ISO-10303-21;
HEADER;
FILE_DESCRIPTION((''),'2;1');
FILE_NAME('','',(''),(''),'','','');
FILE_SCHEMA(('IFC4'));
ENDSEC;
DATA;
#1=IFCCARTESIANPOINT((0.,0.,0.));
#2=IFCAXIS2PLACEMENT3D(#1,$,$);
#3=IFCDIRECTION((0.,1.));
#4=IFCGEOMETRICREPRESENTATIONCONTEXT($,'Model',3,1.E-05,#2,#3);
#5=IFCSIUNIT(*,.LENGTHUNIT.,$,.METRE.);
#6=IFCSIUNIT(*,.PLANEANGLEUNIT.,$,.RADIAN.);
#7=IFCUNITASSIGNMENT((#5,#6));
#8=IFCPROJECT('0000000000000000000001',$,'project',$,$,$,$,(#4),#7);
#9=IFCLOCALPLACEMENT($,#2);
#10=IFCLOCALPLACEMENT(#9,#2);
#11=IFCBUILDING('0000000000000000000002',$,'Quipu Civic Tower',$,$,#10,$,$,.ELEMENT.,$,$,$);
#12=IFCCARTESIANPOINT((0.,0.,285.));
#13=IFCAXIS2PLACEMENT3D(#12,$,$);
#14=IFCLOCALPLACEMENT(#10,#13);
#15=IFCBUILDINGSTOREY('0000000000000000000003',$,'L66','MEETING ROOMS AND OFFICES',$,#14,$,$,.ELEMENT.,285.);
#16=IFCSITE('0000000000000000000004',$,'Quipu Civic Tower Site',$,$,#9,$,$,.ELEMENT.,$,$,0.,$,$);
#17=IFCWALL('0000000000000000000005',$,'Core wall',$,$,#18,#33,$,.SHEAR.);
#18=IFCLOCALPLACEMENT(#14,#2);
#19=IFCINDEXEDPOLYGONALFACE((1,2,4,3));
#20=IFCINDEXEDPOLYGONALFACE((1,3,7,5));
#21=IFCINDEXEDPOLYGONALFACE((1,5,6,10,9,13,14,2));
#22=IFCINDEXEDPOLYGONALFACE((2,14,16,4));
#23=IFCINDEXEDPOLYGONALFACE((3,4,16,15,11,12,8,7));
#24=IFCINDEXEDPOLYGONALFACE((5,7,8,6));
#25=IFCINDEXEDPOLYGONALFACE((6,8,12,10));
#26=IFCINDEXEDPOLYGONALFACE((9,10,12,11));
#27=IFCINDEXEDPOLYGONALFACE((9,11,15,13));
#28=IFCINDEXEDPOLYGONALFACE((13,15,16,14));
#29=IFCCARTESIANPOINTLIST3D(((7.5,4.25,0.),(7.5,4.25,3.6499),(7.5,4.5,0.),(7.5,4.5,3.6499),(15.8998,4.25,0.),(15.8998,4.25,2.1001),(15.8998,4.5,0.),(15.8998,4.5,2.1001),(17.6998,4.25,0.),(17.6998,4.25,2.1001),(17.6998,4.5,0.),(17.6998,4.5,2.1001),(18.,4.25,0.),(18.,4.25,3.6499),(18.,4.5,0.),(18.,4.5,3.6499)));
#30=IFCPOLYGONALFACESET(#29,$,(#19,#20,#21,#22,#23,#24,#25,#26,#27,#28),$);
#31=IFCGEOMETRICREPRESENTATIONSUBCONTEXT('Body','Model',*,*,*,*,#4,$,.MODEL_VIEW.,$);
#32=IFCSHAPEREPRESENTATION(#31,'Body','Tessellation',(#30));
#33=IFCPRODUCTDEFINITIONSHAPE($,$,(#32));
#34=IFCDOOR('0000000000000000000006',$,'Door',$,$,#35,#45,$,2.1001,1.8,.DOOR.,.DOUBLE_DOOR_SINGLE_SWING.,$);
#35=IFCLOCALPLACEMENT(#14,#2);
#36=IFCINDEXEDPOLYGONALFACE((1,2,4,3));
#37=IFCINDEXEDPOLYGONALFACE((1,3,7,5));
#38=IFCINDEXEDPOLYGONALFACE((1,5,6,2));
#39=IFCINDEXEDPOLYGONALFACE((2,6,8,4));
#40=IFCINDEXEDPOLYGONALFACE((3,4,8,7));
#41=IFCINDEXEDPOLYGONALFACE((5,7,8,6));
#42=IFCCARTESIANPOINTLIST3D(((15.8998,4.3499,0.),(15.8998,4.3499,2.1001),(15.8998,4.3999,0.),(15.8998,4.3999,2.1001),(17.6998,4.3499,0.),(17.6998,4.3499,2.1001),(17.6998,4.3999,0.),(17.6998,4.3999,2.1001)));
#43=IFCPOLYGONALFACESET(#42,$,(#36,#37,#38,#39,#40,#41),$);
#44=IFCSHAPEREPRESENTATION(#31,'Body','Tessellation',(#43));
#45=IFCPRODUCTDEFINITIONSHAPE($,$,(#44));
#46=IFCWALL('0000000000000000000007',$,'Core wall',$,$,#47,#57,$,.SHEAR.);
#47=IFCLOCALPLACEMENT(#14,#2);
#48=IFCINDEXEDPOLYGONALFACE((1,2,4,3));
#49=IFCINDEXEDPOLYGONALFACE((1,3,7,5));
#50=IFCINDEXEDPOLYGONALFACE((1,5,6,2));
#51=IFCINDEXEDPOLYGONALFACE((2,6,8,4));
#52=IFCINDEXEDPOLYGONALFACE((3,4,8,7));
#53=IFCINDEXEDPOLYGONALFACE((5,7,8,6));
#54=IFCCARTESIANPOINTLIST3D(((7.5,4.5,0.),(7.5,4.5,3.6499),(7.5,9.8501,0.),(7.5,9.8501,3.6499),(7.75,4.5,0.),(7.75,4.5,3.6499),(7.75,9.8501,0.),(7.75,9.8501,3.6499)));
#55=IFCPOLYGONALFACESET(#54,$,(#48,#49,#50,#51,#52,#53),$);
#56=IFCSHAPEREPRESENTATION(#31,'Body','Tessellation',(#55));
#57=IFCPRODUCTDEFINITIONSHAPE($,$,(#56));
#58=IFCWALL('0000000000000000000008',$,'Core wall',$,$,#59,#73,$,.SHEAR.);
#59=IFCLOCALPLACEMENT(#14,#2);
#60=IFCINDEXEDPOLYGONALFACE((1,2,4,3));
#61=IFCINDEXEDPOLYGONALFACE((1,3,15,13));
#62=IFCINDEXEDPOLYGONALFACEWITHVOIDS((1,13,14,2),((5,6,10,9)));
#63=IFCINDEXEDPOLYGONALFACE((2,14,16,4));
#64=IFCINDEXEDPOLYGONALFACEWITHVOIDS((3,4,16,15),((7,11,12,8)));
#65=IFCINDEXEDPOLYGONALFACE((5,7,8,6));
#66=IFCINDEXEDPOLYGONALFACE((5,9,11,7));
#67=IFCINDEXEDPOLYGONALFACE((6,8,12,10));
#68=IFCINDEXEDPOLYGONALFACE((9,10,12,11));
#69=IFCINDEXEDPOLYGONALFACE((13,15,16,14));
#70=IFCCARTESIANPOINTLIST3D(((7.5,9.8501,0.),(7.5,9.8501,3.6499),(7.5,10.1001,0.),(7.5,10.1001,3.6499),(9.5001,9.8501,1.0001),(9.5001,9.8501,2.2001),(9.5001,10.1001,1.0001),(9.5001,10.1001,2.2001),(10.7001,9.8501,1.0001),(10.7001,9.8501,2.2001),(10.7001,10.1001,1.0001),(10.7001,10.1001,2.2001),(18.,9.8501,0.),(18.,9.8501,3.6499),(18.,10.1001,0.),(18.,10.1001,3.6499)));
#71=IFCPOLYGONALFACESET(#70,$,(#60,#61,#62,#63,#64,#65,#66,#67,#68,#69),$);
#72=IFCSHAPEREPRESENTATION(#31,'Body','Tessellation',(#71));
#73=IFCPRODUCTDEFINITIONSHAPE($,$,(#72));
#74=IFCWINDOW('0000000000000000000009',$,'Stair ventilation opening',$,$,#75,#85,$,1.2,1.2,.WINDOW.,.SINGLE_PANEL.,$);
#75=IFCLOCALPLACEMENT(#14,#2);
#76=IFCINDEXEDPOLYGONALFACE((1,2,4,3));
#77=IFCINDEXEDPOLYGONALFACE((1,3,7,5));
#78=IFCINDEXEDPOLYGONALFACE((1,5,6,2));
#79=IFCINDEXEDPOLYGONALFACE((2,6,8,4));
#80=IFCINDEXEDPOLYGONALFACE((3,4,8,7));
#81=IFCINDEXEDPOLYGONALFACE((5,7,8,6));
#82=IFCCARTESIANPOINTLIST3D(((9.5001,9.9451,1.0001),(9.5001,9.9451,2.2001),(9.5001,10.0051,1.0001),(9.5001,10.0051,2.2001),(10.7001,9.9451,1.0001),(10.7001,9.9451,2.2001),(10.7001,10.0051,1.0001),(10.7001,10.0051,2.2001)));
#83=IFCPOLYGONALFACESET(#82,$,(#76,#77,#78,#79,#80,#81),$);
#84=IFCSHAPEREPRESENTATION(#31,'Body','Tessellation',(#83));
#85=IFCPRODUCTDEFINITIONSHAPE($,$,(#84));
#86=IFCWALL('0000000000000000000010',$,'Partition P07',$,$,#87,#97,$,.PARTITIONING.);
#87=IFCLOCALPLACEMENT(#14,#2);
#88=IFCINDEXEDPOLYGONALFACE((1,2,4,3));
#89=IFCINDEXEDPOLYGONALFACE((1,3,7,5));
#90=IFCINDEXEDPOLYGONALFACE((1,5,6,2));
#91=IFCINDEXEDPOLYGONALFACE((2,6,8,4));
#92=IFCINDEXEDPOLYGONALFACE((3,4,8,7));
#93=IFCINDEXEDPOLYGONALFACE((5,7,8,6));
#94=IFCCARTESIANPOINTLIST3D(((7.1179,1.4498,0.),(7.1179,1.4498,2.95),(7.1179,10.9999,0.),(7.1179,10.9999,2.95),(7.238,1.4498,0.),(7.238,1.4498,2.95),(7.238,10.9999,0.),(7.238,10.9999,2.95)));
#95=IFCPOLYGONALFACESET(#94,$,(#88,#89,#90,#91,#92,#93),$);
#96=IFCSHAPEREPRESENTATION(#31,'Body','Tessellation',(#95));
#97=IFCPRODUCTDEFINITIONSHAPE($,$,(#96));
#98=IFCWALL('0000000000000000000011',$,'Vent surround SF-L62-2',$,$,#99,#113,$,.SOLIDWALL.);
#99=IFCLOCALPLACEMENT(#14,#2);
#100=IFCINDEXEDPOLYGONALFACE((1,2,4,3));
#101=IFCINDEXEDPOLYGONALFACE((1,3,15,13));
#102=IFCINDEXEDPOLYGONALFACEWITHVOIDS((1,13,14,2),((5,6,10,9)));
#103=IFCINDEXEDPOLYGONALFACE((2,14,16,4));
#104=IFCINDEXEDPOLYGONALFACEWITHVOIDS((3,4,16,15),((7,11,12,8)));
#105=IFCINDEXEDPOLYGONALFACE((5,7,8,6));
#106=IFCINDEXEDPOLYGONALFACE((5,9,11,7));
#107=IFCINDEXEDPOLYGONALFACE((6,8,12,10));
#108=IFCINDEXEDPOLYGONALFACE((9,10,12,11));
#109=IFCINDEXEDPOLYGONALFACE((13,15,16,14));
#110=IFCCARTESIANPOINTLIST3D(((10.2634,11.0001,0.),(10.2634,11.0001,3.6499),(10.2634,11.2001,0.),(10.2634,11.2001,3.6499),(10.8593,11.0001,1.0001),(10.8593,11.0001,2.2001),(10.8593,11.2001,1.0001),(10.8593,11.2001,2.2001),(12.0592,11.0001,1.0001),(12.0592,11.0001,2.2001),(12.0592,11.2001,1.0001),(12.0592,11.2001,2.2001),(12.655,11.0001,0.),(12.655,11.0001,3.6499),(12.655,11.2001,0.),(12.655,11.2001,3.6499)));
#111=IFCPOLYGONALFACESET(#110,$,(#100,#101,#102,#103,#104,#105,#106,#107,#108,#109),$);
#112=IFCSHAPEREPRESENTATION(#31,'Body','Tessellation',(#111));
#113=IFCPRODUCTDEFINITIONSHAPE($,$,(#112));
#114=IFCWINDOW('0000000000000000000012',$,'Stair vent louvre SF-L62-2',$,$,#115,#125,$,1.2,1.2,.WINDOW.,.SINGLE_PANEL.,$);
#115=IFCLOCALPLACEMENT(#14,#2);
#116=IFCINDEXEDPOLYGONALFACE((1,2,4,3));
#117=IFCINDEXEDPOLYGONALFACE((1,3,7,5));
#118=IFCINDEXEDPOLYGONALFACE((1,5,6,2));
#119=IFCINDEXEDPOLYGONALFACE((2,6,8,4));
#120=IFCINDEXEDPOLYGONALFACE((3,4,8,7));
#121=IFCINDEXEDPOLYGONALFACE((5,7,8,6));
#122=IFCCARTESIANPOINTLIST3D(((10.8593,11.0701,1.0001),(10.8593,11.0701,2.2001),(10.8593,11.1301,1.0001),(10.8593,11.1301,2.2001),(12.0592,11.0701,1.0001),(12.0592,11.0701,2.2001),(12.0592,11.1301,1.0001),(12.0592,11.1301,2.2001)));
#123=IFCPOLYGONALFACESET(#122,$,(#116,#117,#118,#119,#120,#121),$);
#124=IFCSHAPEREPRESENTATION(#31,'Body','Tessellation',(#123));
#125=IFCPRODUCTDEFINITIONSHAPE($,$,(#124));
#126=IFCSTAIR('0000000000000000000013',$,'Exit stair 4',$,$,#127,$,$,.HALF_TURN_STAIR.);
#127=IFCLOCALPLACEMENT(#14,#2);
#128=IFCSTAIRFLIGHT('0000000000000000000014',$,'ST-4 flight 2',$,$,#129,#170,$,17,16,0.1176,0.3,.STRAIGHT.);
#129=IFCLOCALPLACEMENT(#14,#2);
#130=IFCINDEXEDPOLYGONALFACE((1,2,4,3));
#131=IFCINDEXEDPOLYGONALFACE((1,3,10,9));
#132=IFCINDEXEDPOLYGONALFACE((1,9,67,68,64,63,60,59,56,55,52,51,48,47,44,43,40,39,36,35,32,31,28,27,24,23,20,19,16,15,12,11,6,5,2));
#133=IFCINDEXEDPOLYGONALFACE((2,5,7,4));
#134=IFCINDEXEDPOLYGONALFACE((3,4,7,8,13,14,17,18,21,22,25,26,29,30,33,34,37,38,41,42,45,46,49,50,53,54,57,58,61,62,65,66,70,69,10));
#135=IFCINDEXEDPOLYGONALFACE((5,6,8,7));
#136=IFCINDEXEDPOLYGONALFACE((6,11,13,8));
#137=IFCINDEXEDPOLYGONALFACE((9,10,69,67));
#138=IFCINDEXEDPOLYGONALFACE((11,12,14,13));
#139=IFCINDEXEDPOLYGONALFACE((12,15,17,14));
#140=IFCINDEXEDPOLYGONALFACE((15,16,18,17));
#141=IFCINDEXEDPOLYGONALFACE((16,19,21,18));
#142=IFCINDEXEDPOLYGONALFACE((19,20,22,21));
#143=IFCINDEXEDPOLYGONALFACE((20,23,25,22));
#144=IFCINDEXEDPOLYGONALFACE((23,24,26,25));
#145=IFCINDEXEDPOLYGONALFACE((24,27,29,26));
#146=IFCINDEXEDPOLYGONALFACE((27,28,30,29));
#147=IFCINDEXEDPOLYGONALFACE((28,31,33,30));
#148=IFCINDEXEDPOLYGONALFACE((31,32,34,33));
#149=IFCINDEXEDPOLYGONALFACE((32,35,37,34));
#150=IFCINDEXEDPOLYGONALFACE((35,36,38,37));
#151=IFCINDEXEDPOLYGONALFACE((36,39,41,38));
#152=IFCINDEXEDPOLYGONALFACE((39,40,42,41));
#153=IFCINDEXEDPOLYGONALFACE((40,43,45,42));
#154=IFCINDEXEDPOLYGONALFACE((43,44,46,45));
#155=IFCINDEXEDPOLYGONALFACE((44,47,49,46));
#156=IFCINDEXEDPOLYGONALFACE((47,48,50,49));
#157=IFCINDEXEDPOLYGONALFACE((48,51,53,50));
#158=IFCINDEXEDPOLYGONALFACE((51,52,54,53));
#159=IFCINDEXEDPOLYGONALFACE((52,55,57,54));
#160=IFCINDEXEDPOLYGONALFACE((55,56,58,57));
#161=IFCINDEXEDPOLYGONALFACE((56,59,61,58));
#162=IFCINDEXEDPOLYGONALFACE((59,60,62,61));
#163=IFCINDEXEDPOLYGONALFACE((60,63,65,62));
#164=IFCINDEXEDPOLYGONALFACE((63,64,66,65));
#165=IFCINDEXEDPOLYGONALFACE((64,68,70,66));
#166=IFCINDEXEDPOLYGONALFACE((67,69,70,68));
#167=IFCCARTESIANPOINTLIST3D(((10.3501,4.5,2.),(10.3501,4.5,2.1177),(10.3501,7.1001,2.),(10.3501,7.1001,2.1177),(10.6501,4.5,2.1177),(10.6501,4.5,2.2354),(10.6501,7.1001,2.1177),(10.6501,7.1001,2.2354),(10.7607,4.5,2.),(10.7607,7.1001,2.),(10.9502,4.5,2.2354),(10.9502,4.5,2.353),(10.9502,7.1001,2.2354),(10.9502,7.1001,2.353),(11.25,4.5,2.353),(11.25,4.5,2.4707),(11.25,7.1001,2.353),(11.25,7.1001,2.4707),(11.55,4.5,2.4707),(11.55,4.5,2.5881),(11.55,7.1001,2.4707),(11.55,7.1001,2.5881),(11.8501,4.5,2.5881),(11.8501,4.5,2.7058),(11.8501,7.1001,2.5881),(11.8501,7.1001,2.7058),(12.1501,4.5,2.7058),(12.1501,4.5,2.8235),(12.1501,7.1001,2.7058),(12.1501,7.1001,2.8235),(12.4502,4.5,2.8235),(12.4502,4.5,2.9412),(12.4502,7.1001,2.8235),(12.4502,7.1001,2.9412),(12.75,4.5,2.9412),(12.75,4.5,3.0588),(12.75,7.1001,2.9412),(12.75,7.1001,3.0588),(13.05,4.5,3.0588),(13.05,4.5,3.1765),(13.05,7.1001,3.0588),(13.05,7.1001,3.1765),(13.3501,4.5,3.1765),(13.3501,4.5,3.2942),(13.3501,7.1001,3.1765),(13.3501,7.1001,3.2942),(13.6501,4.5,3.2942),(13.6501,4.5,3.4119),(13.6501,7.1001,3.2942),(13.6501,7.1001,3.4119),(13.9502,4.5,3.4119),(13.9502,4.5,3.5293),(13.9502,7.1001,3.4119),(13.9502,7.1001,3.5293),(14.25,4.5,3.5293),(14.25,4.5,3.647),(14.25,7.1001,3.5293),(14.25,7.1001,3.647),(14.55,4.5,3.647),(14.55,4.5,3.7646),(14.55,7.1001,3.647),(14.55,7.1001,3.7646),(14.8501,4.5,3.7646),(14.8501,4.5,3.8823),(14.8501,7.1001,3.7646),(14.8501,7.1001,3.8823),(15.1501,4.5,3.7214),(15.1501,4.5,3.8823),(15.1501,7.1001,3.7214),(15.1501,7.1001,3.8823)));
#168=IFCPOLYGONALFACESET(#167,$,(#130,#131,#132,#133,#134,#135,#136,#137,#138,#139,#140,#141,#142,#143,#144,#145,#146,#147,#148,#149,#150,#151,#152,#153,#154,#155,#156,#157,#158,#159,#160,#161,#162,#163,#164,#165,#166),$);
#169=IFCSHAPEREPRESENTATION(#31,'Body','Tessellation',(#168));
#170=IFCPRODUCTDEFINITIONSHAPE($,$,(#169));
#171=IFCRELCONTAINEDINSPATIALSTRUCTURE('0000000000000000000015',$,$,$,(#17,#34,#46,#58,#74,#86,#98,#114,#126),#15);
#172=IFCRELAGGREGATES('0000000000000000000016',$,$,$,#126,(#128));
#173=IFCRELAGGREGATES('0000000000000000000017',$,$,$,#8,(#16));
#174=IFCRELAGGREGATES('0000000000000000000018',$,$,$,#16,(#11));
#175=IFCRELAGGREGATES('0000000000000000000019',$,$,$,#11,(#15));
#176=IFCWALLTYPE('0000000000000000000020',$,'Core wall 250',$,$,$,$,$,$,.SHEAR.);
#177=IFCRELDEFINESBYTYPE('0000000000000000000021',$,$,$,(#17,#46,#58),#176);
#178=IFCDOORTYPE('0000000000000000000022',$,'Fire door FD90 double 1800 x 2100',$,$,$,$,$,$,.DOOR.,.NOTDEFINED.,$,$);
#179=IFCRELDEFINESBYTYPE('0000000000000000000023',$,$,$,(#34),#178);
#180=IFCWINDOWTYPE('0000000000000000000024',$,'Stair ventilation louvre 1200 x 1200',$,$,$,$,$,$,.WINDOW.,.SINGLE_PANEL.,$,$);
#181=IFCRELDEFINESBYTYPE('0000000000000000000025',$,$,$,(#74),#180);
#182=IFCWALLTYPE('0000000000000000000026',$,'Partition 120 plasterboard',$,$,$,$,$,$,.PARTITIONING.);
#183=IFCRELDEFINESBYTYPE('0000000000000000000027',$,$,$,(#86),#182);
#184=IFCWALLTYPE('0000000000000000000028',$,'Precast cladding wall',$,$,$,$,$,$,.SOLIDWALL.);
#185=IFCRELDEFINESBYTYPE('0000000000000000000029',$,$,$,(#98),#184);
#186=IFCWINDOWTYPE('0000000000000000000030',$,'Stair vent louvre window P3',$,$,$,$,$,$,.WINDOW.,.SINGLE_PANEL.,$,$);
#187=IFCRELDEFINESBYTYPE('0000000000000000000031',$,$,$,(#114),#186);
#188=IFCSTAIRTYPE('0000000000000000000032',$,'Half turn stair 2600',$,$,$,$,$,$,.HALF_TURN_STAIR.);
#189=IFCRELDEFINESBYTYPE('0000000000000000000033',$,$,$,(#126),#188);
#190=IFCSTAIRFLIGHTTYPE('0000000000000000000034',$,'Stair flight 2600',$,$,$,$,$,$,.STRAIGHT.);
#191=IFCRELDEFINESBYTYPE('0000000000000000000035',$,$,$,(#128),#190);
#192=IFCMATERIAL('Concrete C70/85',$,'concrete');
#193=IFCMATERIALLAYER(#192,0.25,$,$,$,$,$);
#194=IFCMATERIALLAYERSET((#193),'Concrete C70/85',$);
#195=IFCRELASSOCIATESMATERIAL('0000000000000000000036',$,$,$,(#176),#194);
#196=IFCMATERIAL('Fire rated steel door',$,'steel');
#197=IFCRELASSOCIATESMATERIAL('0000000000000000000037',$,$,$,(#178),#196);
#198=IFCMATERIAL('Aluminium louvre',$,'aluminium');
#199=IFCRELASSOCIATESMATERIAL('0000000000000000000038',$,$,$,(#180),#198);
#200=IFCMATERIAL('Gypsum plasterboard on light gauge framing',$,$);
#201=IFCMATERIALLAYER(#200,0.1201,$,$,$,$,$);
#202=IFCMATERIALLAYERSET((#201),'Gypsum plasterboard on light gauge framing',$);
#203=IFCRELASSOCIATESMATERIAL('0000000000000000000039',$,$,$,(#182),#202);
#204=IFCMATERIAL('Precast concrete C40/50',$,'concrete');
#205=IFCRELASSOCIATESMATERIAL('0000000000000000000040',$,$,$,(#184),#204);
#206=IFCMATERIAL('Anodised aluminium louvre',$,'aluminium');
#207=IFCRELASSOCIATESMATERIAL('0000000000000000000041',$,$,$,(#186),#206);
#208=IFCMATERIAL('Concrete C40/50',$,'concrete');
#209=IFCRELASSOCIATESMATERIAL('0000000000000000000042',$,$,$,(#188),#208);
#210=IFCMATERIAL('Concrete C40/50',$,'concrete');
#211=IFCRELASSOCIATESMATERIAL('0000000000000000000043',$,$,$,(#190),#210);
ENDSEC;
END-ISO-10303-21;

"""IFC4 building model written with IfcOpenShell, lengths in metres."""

from ifc_helpers import new_model, si_unit, direction, frame, frame_2d, origin, place, context, subcontext, project, spatial, polyline, rectangle, outline, extrude, material, layer, layer_set, type_object, element, fill, aggregate, save


model = new_model("IFC4")

# Units and contexts
model_context = context("Model", 3, precision=1e-05, world=origin(), true_north=direction((0.0, 1.0)))
body_context = subcontext(model_context, "Body", "Model", "MODEL_VIEW")
ifc_project = project(units=[si_unit("LENGTHUNIT", "METRE"), si_unit("PLANEANGLEUNIT", "RADIAN")], contexts=[model_context])

# Site, building, storey
site_placement = place(None, origin())
site = spatial("IfcSite", under=ifc_project, at=site_placement, Name="Quipu Civic Tower Site", CompositionType="ELEMENT", RefElevation=0.0)
building_placement = place(site_placement, origin())
building = spatial("IfcBuilding", under=site, at=building_placement, Name="Quipu Civic Tower", CompositionType="ELEMENT")
storey_placement = place(building_placement, frame((0.0, 0.0, 285.0)))
storey = spatial("IfcBuildingStorey", under=building, at=storey_placement, Name="L66", Description="MEETING ROOMS AND OFFICES", CompositionType="ELEMENT", Elevation=285.0)

# Wall, opening, door
ifc_material_1 = material(Name="Concrete C70/85", Category="concrete")
ifc_layer_1 = layer(ifc_material_1, 0.25)
ifc_layer_set_1 = layer_set([ifc_layer_1], Name="Concrete C70/85")
wall_type_1 = type_object("IfcWallType", Name="Core wall 250", PredefinedType="SHEAR", material=ifc_layer_set_1)
wall_1_placement = place(storey_placement, frame((7.5, 4.375, 0.0), z_axis=(0.0, 0.0, 1.0), x_axis=(1.0, 0.0, 0.0)))
wall_1 = element("IfcWall", 1, at=wall_1_placement, inside=storey, type_object=wall_type_1, Name="Core wall", PredefinedType="SHEAR", context=body_context, shape_type="SweptSolid", body=[
    extrude(rectangle(XDim=10.5, YDim=0.25, at=frame_2d((5.25, 0.0))), origin(), (0.0, 0.0, 1.0), 3.6499),
])
opening_1_placement = place(wall_1_placement, frame((8.3999, 0.0, 0.0)))
opening_1 = element("IfcOpeningElement", 2, at=opening_1_placement, cuts=wall_1, PredefinedType="OPENING", context=body_context, shape_type="SweptSolid", body=[
    extrude(rectangle(XDim=1.8, YDim=2.1001, at=frame_2d((0.8999, 1.05))), frame((0.0, 0.135, 0.0), z_axis=(0.0, -1.0, 0.0), x_axis=(1.0, 0.0, 0.0)), (0.0, 0.0, 1.0), 0.27),
])
ifc_material_2 = material(Name="Fire rated steel door", Category="steel")
door_type = type_object("IfcDoorType", Name="Fire door FD90 double 1800 x 2100", OperationType="NOTDEFINED", PredefinedType="DOOR", material=ifc_material_2)
door_placement = place(opening_1_placement, origin())
door = element("IfcDoor", 3, at=door_placement, inside=storey, type_object=door_type, Name="Door", OperationType="DOUBLE_DOOR_SINGLE_SWING", OverallHeight=2.1001, OverallWidth=1.8, PredefinedType="DOOR", context=body_context, shape_type="SweptSolid", body=[
    extrude(rectangle(XDim=1.8, YDim=2.1001, at=frame_2d((0.8999, 1.05))), frame((0.0, 0.0249, 0.0), z_axis=(0.0, -1.0, 0.0), x_axis=(1.0, 0.0, 0.0)), (0.0, 0.0, 1.0), 0.05),
])
fill(opening_1, door)

# Wall
wall_2_placement = place(storey_placement, frame((7.625, 4.5, 0.0), z_axis=(0.0, 0.0, 1.0), x_axis=(0.0, 1.0, 0.0)))
element("IfcWall", 4, at=wall_2_placement, inside=storey, type_object=wall_type_1, Name="Core wall", PredefinedType="SHEAR", context=body_context, shape_type="SweptSolid", body=[
    extrude(rectangle(XDim=5.3501, YDim=0.25, at=frame_2d((2.675, 0.0))), origin(), (0.0, 0.0, 1.0), 3.6499),
])

# Wall, opening, window
wall_3_placement = place(storey_placement, frame((7.5, 9.9751, 0.0), z_axis=(0.0, 0.0, 1.0), x_axis=(1.0, 0.0, 0.0)))
wall_3 = element("IfcWall", 5, at=wall_3_placement, inside=storey, type_object=wall_type_1, Name="Core wall", PredefinedType="SHEAR", context=body_context, shape_type="SweptSolid", body=[
    extrude(rectangle(XDim=10.5, YDim=0.25, at=frame_2d((5.25, 0.0))), origin(), (0.0, 0.0, 1.0), 3.6499),
])
opening_2_placement = place(wall_3_placement, frame((2.0, 0.0, 1.0)))
opening_2 = element("IfcOpeningElement", 6, at=opening_2_placement, cuts=wall_3, PredefinedType="OPENING", context=body_context, shape_type="SweptSolid", body=[
    extrude(rectangle(XDim=1.2, YDim=1.2, at=frame_2d((0.6001, 0.6001))), frame((0.0, 0.135, 0.0), z_axis=(0.0, -1.0, 0.0), x_axis=(1.0, 0.0, 0.0)), (0.0, 0.0, 1.0), 0.27),
])
ifc_material_3 = material(Name="Aluminium louvre", Category="aluminium")
window_type_1 = type_object("IfcWindowType", Name="Stair ventilation louvre 1200 x 1200", PartitioningType="SINGLE_PANEL", PredefinedType="WINDOW", material=ifc_material_3)
window_1_placement = place(opening_2_placement, origin())
window_1 = element("IfcWindow", 7, at=window_1_placement, inside=storey, type_object=window_type_1, Name="Stair ventilation opening", OverallHeight=1.2, OverallWidth=1.2, PartitioningType="SINGLE_PANEL", PredefinedType="WINDOW", context=body_context, shape_type="SweptSolid", body=[
    extrude(rectangle(XDim=1.2, YDim=1.2, at=frame_2d((0.6001, 0.6001))), frame((0.0, 0.03, 0.0), z_axis=(0.0, -1.0, 0.0), x_axis=(1.0, 0.0, 0.0)), (0.0, 0.0, 1.0), 0.0601),
])
fill(opening_2, window_1)

# Wall
ifc_material_4 = material(Name="Gypsum plasterboard on light gauge framing")
ifc_layer_2 = layer(ifc_material_4, 0.1201)
ifc_layer_set_2 = layer_set([ifc_layer_2], Name="Gypsum plasterboard on light gauge framing")
wall_type_2 = type_object("IfcWallType", Name="Partition 120 plasterboard", PredefinedType="PARTITIONING", material=ifc_layer_set_2)
wall_4_placement = place(storey_placement, frame((7.178, 1.45, 0.0), z_axis=(0.0, 0.0, 1.0), x_axis=(0.0, 1.0, 0.0)))
element("IfcWall", 8, at=wall_4_placement, inside=storey, type_object=wall_type_2, Name="Partition P07", PredefinedType="PARTITIONING", context=body_context, shape_type="SweptSolid", body=[
    extrude(rectangle(XDim=9.55, YDim=0.1201, at=frame_2d((4.7749, 0.0))), origin(), (0.0, 0.0, 1.0), 2.95),
])

# Wall, opening, window
ifc_material_5 = material(Name="Precast concrete C40/50", Category="concrete")
wall_type_3 = type_object("IfcWallType", Name="Precast cladding wall", PredefinedType="SOLIDWALL", material=ifc_material_5)
wall_5_placement = place(storey_placement, frame((12.655, 11.1001, 0.0), z_axis=(0.0, 0.0, 1.0), x_axis=(-1.0, 0.0, 0.0)))
wall_5 = element("IfcWall", 9, at=wall_5_placement, inside=storey, type_object=wall_type_3, Name="Vent surround SF-L62-2", PredefinedType="SOLIDWALL", context=body_context, shape_type="SweptSolid", body=[
    extrude(rectangle(XDim=2.3916, YDim=0.2, at=frame_2d((1.1958, 0.0))), origin(), (0.0, 0.0, 1.0), 3.6499),
])
opening_3_placement = place(wall_5_placement, frame((0.5957, 0.0, 1.0)))
opening_3 = element("IfcOpeningElement", 10, at=opening_3_placement, cuts=wall_5, PredefinedType="OPENING", context=body_context, shape_type="SweptSolid", body=[
    extrude(rectangle(XDim=1.2, YDim=1.2, at=frame_2d((0.6001, 0.6001))), frame((0.0, 0.1099, 0.0), z_axis=(0.0, -1.0, 0.0), x_axis=(1.0, 0.0, 0.0)), (0.0, 0.0, 1.0), 0.22),
])
ifc_material_6 = material(Name="Anodised aluminium louvre", Category="aluminium")
window_type_2 = type_object("IfcWindowType", Name="Stair vent louvre window P3", PartitioningType="SINGLE_PANEL", PredefinedType="WINDOW", material=ifc_material_6)
window_2_placement = place(opening_3_placement, origin())
window_2 = element("IfcWindow", 11, at=window_2_placement, inside=storey, type_object=window_type_2, Name="Stair vent louvre SF-L62-2", OverallHeight=1.2, OverallWidth=1.2, PartitioningType="SINGLE_PANEL", PredefinedType="WINDOW", context=body_context, shape_type="SweptSolid", body=[
    extrude(rectangle(XDim=1.2, YDim=1.2, at=frame_2d((0.6001, 0.6001))), frame((0.0, 0.03, 0.0), z_axis=(0.0, -1.0, 0.0), x_axis=(1.0, 0.0, 0.0)), (0.0, 0.0, 1.0), 0.0601),
])
fill(opening_3, window_2)

# Stair, stair flight
ifc_material_7 = material(Name="Concrete C40/50", Category="concrete")
stair_type = type_object("IfcStairType", Name="Half turn stair 2600", PredefinedType="HALF_TURN_STAIR", material=ifc_material_7)
stair_placement = place(storey_placement, origin())
stair = element("IfcStair", 12, at=stair_placement, inside=storey, type_object=stair_type, Name="Exit stair 4", PredefinedType="HALF_TURN_STAIR")
ifc_material_8 = material(Name="Concrete C40/50", Category="concrete")
stair_flight_type = type_object("IfcStairFlightType", Name="Stair flight 2600", PredefinedType="STRAIGHT", material=ifc_material_8)
stair_flight_placement = place(storey_placement, frame((10.3501, 5.8, 2.0), z_axis=(0.0, 0.0, 1.0), x_axis=(1.0, 0.0, 0.0)))
stair_flight = element("IfcStairFlight", 13, at=stair_flight_placement, type_object=stair_flight_type, Name="ST-4 flight 2", NumberOfRisers=17, NumberOfTreads=16, PredefinedType="STRAIGHT", RiserHeight=0.1176, TreadLength=0.3, context=body_context, shape_type="SweptSolid", body=[
    extrude(outline(polyline([(0.0, 0.0), (0.0, 0.1177), (0.3, 0.1177), (0.3, 0.2354), (0.6001, 0.2354), (0.6001, 0.353), (0.8999, 0.353), (0.8999, 0.4707), (1.2, 0.4707), (1.2, 0.5881), (1.5, 0.5881), (1.5, 0.7058), (1.8, 0.7058), (1.8, 0.8235), (2.1001, 0.8235), (2.1001, 0.9412), (2.3999, 0.9412), (2.3999, 1.0588), (2.7, 1.0588), (2.7, 1.1765), (3.0, 1.1765), (3.0, 1.2942), (3.3, 1.2942), (3.3, 1.4119), (3.6001, 1.4119), (3.6001, 1.5293), (3.8999, 1.5293), (3.8999, 1.647), (4.2, 1.647), (4.2, 1.7646), (4.5, 1.7646), (4.5, 1.8823), (4.8, 1.8823), (4.8, 2.0), (4.8, 1.7214), (0.4106, 0.0), (0.0, 0.0)])), frame((0.0, 1.3, 0.0), z_axis=(0.0, -1.0, 0.0), x_axis=(1.0, 0.0, 0.0)), (0.0, 0.0, 1.0), 2.6001),
])
aggregate(stair, [stair_flight])

save(model, "model.ifc")
